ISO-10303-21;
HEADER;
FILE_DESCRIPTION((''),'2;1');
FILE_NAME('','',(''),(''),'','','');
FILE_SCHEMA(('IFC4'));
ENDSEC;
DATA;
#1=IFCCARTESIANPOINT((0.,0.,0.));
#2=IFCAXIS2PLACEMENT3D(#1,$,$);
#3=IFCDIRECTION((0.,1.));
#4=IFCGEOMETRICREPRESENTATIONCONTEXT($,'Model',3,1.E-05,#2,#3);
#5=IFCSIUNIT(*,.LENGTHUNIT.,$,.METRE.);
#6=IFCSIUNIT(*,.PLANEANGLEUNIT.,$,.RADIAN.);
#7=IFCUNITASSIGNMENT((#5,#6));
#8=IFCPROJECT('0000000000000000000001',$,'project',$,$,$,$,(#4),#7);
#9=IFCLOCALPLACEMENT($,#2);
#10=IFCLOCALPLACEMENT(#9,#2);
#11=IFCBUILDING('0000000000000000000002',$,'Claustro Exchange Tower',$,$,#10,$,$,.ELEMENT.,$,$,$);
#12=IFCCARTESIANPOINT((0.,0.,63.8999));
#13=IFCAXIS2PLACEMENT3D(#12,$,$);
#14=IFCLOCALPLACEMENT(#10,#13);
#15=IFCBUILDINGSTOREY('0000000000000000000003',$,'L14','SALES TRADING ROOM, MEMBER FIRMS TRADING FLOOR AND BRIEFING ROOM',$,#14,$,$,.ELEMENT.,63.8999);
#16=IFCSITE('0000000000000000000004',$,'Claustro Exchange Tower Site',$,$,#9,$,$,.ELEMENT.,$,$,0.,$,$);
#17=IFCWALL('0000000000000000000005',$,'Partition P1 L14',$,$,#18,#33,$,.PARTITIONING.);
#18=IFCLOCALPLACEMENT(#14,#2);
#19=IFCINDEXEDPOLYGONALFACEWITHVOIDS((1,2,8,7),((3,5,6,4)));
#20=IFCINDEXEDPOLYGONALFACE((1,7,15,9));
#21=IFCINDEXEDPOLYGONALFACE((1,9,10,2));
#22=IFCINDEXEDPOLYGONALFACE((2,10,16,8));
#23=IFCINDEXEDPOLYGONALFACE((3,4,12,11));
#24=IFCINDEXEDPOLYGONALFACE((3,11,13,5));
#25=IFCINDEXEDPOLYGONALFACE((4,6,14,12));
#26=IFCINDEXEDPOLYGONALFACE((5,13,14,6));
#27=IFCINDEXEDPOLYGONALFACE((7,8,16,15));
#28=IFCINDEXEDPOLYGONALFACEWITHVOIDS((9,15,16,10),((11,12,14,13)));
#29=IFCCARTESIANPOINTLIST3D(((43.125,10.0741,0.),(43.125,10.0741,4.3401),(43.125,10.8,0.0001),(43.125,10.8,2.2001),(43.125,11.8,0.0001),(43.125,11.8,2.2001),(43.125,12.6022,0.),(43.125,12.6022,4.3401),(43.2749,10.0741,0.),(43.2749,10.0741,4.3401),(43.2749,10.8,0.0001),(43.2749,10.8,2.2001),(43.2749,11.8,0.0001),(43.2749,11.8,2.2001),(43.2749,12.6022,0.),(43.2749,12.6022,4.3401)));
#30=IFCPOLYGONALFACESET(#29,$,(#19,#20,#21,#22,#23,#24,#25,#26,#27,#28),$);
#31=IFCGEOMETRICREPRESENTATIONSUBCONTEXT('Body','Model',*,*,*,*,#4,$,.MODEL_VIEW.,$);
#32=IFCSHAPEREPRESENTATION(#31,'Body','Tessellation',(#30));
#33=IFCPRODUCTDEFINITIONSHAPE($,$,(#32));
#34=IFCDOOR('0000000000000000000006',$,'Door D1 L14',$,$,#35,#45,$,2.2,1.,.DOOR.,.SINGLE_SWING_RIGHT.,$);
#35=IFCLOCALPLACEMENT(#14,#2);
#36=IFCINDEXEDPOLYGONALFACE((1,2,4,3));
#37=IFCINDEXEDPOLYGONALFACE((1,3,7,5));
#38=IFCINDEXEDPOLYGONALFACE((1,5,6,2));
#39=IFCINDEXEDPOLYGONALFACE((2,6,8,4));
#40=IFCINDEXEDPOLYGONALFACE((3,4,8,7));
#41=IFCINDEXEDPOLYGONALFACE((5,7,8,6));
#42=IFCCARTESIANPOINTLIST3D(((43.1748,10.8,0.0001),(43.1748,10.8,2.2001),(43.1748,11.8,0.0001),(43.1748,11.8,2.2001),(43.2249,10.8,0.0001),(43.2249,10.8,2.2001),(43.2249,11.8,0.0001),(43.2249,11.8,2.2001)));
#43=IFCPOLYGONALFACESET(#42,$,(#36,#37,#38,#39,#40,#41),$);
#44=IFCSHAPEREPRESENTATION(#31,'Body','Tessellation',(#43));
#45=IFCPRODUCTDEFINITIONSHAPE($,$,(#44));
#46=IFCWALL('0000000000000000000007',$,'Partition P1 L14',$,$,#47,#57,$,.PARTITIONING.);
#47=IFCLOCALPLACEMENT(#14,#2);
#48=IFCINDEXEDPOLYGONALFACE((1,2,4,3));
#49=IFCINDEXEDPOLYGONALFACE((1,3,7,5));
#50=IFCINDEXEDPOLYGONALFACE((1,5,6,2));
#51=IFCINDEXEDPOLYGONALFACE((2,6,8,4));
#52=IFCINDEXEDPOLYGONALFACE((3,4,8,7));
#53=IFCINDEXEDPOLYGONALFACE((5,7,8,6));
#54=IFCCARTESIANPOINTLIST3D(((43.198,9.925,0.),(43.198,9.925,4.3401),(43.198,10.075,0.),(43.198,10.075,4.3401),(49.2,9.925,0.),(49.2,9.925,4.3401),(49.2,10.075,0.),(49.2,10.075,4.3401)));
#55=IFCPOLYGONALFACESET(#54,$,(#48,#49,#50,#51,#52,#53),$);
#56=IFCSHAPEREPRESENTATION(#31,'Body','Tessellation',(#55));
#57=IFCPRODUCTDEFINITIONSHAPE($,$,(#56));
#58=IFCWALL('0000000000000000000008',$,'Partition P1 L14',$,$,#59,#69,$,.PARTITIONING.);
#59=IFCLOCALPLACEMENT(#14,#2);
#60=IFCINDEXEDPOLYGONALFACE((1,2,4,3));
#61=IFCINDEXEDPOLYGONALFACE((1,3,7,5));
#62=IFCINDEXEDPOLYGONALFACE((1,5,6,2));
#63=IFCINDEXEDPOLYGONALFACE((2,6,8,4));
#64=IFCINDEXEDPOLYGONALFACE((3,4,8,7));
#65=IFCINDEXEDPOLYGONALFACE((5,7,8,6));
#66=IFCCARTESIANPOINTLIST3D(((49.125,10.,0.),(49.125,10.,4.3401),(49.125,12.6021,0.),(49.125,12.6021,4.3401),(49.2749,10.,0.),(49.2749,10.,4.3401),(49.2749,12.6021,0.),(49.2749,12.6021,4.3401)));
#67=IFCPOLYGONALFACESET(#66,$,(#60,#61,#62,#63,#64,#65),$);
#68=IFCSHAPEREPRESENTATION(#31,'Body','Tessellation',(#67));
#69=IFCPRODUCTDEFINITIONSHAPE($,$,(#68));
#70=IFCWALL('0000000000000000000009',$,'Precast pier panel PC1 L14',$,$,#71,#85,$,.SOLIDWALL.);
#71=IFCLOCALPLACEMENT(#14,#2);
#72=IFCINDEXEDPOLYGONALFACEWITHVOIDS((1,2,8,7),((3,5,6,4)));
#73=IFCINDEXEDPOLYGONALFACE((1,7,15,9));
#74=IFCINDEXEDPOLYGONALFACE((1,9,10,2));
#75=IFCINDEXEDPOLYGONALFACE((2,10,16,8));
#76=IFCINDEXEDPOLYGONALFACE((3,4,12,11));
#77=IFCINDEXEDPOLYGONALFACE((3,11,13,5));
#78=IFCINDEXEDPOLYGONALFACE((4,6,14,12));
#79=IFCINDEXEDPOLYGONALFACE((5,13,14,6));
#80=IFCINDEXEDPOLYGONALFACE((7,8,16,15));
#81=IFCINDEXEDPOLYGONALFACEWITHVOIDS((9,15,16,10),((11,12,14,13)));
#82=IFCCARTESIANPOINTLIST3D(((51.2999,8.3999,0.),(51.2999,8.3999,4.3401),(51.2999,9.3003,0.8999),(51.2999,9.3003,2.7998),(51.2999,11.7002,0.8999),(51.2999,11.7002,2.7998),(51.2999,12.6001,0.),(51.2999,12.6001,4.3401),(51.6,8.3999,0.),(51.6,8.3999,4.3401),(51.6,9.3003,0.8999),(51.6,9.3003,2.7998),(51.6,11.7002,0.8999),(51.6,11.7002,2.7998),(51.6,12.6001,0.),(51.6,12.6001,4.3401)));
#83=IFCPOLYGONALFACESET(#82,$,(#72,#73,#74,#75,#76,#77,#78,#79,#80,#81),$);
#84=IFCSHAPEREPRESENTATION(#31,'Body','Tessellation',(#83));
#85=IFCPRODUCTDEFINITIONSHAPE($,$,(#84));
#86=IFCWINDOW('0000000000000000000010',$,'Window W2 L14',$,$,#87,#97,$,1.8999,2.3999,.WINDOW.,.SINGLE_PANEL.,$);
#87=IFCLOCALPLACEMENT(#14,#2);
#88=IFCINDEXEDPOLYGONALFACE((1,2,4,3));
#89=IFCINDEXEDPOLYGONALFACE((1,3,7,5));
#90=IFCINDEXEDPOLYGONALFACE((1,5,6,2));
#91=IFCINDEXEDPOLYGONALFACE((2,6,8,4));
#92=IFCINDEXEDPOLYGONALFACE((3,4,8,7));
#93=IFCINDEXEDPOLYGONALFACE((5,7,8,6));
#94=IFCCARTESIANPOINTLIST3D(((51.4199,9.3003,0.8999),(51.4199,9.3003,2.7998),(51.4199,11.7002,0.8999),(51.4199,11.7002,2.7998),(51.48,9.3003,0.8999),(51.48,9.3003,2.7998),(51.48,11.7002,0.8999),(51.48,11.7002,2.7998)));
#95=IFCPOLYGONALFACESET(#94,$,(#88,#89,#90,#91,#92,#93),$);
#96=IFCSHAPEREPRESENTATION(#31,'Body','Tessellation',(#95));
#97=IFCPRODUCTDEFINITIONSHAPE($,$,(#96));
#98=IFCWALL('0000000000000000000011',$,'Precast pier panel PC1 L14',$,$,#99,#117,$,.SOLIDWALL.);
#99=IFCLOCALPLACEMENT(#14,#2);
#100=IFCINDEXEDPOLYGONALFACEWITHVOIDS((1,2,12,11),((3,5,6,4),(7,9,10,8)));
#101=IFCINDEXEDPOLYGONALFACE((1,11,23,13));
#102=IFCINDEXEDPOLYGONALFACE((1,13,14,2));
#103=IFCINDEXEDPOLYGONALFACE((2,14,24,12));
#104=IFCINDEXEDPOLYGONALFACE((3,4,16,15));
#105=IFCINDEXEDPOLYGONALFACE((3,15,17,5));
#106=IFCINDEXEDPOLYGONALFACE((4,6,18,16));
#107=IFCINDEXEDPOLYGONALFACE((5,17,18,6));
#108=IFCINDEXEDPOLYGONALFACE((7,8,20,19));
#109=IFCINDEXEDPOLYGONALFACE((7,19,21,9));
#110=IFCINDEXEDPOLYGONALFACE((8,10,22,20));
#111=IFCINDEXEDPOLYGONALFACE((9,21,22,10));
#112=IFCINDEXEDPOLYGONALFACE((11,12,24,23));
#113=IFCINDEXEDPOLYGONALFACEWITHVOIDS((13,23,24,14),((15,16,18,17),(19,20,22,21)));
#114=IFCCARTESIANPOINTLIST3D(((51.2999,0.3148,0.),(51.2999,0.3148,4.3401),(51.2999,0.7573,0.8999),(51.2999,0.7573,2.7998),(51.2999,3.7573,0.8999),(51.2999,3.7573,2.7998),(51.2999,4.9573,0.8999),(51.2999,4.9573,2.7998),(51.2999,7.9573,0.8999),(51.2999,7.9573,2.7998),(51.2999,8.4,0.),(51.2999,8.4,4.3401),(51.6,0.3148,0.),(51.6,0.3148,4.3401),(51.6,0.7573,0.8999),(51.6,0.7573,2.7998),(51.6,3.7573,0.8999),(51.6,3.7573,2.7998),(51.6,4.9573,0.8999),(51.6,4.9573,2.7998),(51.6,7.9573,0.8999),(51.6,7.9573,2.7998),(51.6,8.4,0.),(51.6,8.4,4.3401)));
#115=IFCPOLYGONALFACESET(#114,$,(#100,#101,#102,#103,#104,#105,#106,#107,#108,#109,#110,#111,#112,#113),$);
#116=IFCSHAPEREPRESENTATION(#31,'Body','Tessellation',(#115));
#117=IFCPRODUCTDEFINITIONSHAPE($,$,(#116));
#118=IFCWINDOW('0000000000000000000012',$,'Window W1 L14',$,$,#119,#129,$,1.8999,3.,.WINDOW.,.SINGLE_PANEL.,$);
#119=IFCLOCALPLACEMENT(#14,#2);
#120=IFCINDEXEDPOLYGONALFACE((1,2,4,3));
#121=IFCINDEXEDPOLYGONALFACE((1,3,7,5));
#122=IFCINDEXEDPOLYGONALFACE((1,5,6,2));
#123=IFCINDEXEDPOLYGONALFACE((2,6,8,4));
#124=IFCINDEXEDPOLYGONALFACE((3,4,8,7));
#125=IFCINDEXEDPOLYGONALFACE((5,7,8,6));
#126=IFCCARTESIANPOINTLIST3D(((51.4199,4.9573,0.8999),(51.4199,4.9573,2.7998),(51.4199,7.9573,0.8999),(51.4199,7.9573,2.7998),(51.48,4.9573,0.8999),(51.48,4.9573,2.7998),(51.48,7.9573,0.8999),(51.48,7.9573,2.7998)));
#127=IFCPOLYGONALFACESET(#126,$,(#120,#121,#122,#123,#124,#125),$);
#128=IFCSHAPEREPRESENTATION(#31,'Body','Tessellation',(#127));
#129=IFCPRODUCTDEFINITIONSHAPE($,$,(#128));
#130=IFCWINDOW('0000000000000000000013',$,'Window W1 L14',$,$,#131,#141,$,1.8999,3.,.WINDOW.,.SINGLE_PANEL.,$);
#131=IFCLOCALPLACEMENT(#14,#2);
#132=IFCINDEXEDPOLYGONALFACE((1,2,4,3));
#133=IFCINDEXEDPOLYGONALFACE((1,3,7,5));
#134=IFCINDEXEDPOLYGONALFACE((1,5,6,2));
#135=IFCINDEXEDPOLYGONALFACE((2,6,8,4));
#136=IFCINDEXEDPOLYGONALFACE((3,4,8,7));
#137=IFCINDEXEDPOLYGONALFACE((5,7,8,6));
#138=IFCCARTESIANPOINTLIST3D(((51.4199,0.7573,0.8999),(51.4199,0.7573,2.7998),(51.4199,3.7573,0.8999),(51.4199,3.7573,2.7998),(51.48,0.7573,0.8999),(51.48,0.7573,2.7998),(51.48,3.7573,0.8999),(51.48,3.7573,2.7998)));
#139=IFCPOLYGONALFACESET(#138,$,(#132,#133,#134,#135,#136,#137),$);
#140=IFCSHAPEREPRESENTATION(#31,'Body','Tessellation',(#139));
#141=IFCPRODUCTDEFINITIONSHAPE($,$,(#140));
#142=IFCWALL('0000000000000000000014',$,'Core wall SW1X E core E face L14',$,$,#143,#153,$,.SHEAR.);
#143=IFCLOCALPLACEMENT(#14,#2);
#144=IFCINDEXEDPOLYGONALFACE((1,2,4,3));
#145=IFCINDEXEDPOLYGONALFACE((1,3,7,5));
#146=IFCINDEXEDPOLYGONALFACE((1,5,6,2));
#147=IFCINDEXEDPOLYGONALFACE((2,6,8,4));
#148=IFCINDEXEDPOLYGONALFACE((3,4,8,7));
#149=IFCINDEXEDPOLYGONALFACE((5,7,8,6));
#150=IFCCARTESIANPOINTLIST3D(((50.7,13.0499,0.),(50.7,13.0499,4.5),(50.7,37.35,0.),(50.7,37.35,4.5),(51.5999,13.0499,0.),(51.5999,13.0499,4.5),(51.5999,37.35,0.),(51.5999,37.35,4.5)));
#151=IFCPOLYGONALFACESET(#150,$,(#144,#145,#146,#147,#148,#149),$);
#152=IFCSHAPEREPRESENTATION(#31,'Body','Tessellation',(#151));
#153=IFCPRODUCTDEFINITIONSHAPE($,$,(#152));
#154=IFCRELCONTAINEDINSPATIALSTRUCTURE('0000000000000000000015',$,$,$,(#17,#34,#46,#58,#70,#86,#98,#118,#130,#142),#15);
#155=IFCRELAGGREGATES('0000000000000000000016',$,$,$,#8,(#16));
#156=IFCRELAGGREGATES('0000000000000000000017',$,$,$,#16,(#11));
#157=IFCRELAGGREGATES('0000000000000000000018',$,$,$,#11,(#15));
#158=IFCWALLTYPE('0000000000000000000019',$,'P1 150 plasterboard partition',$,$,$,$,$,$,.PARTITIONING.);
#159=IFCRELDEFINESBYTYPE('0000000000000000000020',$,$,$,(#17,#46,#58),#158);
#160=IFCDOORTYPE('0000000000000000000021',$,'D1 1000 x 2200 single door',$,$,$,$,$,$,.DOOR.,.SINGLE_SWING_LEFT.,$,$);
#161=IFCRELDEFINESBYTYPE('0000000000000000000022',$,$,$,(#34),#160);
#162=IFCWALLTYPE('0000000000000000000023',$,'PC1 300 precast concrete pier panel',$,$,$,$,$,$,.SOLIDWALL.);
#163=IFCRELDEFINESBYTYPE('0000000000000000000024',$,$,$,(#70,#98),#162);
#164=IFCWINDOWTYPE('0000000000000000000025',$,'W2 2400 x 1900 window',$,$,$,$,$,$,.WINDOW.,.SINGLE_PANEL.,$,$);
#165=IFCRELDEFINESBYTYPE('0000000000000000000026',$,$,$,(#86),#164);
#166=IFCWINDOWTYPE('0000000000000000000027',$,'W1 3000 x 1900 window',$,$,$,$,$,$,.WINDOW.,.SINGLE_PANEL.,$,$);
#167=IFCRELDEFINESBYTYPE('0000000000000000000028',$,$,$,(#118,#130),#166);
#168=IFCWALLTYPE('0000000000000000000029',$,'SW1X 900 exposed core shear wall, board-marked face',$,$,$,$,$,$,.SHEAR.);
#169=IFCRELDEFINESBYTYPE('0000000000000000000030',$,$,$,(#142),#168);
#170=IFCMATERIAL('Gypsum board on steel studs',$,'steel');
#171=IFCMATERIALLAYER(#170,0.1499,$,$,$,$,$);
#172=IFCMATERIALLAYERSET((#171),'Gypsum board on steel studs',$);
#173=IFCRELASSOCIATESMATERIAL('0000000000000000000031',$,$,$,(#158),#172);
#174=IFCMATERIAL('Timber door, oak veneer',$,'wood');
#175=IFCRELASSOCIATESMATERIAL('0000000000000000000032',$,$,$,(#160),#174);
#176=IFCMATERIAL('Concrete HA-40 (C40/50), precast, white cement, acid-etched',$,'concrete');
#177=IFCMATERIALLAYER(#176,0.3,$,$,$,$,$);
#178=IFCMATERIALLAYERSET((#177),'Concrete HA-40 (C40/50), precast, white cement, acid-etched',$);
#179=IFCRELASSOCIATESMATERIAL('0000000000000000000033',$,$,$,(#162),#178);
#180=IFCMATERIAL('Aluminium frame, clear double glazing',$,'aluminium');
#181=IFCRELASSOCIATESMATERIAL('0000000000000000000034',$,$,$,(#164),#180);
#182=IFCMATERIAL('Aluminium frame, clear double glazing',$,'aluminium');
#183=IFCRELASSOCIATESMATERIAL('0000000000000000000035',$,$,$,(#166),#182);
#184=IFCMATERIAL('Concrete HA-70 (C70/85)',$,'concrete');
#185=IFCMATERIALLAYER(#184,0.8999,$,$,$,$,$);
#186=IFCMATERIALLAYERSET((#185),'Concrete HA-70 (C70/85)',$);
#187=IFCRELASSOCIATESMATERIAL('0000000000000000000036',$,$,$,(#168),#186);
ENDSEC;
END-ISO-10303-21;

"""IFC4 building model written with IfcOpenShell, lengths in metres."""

from ifc_helpers import new_model, si_unit, direction, frame, frame_2d, origin, place, context, subcontext, project, spatial, rectangle, extrude, material, layer, layer_set, type_object, element, fill, save


model = new_model("IFC4")

# Units and contexts
model_context = context("Model", 3, precision=1e-05, world=origin(), true_north=direction((0.0, 1.0)))
body_context = subcontext(model_context, "Body", "Model", "MODEL_VIEW")
ifc_project = project(units=[si_unit("LENGTHUNIT", "METRE"), si_unit("PLANEANGLEUNIT", "RADIAN")], contexts=[model_context])

# Site, building, storey
site_placement = place(None, origin())
site = spatial("IfcSite", under=ifc_project, at=site_placement, Name="Claustro Exchange Tower Site", CompositionType="ELEMENT", RefElevation=0.0)
building_placement = place(site_placement, origin())
building = spatial("IfcBuilding", under=site, at=building_placement, Name="Claustro Exchange Tower", CompositionType="ELEMENT")
storey_placement = place(building_placement, frame((0.0, 0.0, 63.8999)))
storey = spatial("IfcBuildingStorey", under=building, at=storey_placement, Name="L14", Description="SALES TRADING ROOM, MEMBER FIRMS TRADING FLOOR AND BRIEFING ROOM", CompositionType="ELEMENT", Elevation=63.8999)

# Wall, opening, door
ifc_material_1 = material(Name="Gypsum board on steel studs", Category="steel")
ifc_layer_1 = layer(ifc_material_1, 0.1499)
ifc_layer_set_1 = layer_set([ifc_layer_1], Name="Gypsum board on steel studs")
wall_type_1 = type_object("IfcWallType", Name="P1 150 plasterboard partition", PredefinedType="PARTITIONING", material=ifc_layer_set_1)
wall_1_placement = place(storey_placement, frame((43.2, 10.074, 0.0), z_axis=(0.0, 0.0, 1.0), x_axis=(0.0, 1.0, 0.0)))
wall_1 = element("IfcWall", 1, at=wall_1_placement, inside=storey, type_object=wall_type_1, Name="Partition P1 L14", PredefinedType="PARTITIONING", context=body_context, shape_type="SweptSolid", body=[
    extrude(rectangle(XDim=2.5281, YDim=0.1499, at=frame_2d((1.2642, 0.0))), origin(), (0.0, 0.0, 1.0), 4.3401),
])
opening_1_placement = place(wall_1_placement, frame((0.7261, 0.0, 0.0)))
opening_1 = element("IfcOpeningElement", 2, at=opening_1_placement, cuts=wall_1, PredefinedType="OPENING", context=body_context, shape_type="SweptSolid", body=[
    extrude(rectangle(XDim=1.0, YDim=2.2, at=frame_2d((0.5, 1.1001))), frame((0.0, 0.085, 0.0), z_axis=(0.0, -1.0, 0.0), x_axis=(1.0, 0.0, 0.0)), (0.0, 0.0, 1.0), 0.1699),
])
ifc_material_2 = material(Name="Timber door, oak veneer", Category="wood")
door_type_1 = type_object("IfcDoorType", Name="D1 1000 x 2200 single door", OperationType="SINGLE_SWING_LEFT", PredefinedType="DOOR", material=ifc_material_2)
door_1_placement = place(opening_1_placement, frame((1.0, 0.0, 0.0), z_axis=(0.0, 0.0, 1.0), x_axis=(-1.0, 0.0, 0.0)))
door_1 = element("IfcDoor", 3, at=door_1_placement, inside=storey, type_object=door_type_1, Name="Door D1 L14", OperationType="SINGLE_SWING_RIGHT", OverallHeight=2.2, OverallWidth=1.0, PredefinedType="DOOR", context=body_context, shape_type="SweptSolid", body=[
    extrude(rectangle(XDim=1.0, YDim=2.2, at=frame_2d((0.5, 1.1001))), frame((0.0, 0.0249, 0.0), z_axis=(0.0, -1.0, 0.0), x_axis=(1.0, 0.0, 0.0)), (0.0, 0.0, 1.0), 0.05),
])
fill(opening_1, door_1)

# Walls
wall_2_placement = place(storey_placement, frame((43.198, 10.0, 0.0), z_axis=(0.0, 0.0, 1.0), x_axis=(1.0, 0.0, 0.0)))
element("IfcWall", 4, at=wall_2_placement, inside=storey, type_object=wall_type_1, Name="Partition P1 L14", PredefinedType="PARTITIONING", context=body_context, shape_type="SweptSolid", body=[
    extrude(rectangle(XDim=6.002, YDim=0.1499, at=frame_2d((3.001, 0.0))), origin(), (0.0, 0.0, 1.0), 4.3401),
])
wall_3_placement = place(storey_placement, frame((49.2, 10.0, 0.0), z_axis=(0.0, 0.0, 1.0), x_axis=(0.0, 1.0, 0.0)))
element("IfcWall", 5, at=wall_3_placement, inside=storey, type_object=wall_type_1, Name="Partition P1 L14", PredefinedType="PARTITIONING", context=body_context, shape_type="SweptSolid", body=[
    extrude(rectangle(XDim=2.6021, YDim=0.1499, at=frame_2d((1.301, 0.0))), origin(), (0.0, 0.0, 1.0), 4.3401),
])

# Wall, opening, window
ifc_material_3 = material(Name="Concrete HA-40 (C40/50), precast, white cement, acid-etched", Category="concrete")
ifc_layer_2 = layer(ifc_material_3, 0.3)
ifc_layer_set_2 = layer_set([ifc_layer_2], Name="Concrete HA-40 (C40/50), precast, white cement, acid-etched")
wall_type_2 = type_object("IfcWallType", Name="PC1 300 precast concrete pier panel", PredefinedType="SOLIDWALL", material=ifc_layer_set_2)
wall_4_placement = place(storey_placement, frame((51.45, 12.6001, 0.0), z_axis=(0.0, 0.0, 1.0), x_axis=(0.0, -1.0, 0.0)))
wall_4 = element("IfcWall", 6, at=wall_4_placement, inside=storey, type_object=wall_type_2, Name="Precast pier panel PC1 L14", PredefinedType="SOLIDWALL", context=body_context, shape_type="SweptSolid", body=[
    extrude(rectangle(XDim=4.2002, YDim=0.3, at=frame_2d((2.1001, 0.0))), origin(), (0.0, 0.0, 1.0), 4.3401),
])
opening_2_placement = place(wall_4_placement, frame((0.8999, 0.0, 0.8999)))
opening_2 = element("IfcOpeningElement", 7, at=opening_2_placement, cuts=wall_4, PredefinedType="OPENING", context=body_context, shape_type="SweptSolid", body=[
    extrude(rectangle(XDim=2.3999, YDim=1.8999, at=frame_2d((1.2, 0.95))), frame((0.0, 0.1599, 0.0), z_axis=(0.0, -1.0, 0.0), x_axis=(1.0, 0.0, 0.0)), (0.0, 0.0, 1.0), 0.3201),
])
ifc_material_4 = material(Name="Aluminium frame, clear double glazing", Category="aluminium")
window_type_1 = type_object("IfcWindowType", Name="W2 2400 x 1900 window", PartitioningType="SINGLE_PANEL", PredefinedType="WINDOW", material=ifc_material_4)
window_1_placement = place(opening_2_placement, origin())
window_1 = element("IfcWindow", 8, at=window_1_placement, inside=storey, type_object=window_type_1, Name="Window W2 L14", OverallHeight=1.8999, OverallWidth=2.3999, PartitioningType="SINGLE_PANEL", PredefinedType="WINDOW", context=body_context, shape_type="SweptSolid", body=[
    extrude(rectangle(XDim=2.3999, YDim=1.8999, at=frame_2d((1.2, 0.95))), frame((0.0, 0.03, 0.0), z_axis=(0.0, -1.0, 0.0), x_axis=(1.0, 0.0, 0.0)), (0.0, 0.0, 1.0), 0.0601),
])
fill(opening_2, window_1)

# Wall, openings, windows
wall_5_placement = place(storey_placement, frame((51.45, 8.3999, 0.0), z_axis=(0.0, 0.0, 1.0), x_axis=(0.0, -1.0, 0.0)))
wall_5 = element("IfcWall", 9, at=wall_5_placement, inside=storey, type_object=wall_type_2, Name="Precast pier panel PC1 L14", PredefinedType="SOLIDWALL", context=body_context, shape_type="SweptSolid", body=[
    extrude(rectangle(XDim=8.0852, YDim=0.3, at=frame_2d((4.0425, 0.0))), origin(), (0.0, 0.0, 1.0), 4.3401),
])
opening_3_placement = place(wall_5_placement, frame((0.4426, 0.0, 0.8999)))
opening_3 = element("IfcOpeningElement", 10, at=opening_3_placement, cuts=wall_5, PredefinedType="OPENING", context=body_context, shape_type="SweptSolid", body=[
    extrude(rectangle(XDim=3.0, YDim=1.8999, at=frame_2d((1.5, 0.95))), frame((0.0, 0.1599, 0.0), z_axis=(0.0, -1.0, 0.0), x_axis=(1.0, 0.0, 0.0)), (0.0, 0.0, 1.0), 0.3201),
])
opening_4_placement = place(wall_5_placement, frame((4.6426, 0.0, 0.8999)))
opening_4 = element("IfcOpeningElement", 11, at=opening_4_placement, cuts=wall_5, PredefinedType="OPENING", context=body_context, shape_type="SweptSolid", body=[
    extrude(rectangle(XDim=3.0, YDim=1.8999, at=frame_2d((1.5, 0.95))), frame((0.0, 0.1599, 0.0), z_axis=(0.0, -1.0, 0.0), x_axis=(1.0, 0.0, 0.0)), (0.0, 0.0, 1.0), 0.3201),
])
ifc_material_5 = material(Name="Aluminium frame, clear double glazing", Category="aluminium")
window_type_2 = type_object("IfcWindowType", Name="W1 3000 x 1900 window", PartitioningType="SINGLE_PANEL", PredefinedType="WINDOW", material=ifc_material_5)
window_2_placement = place(opening_3_placement, origin())
window_2 = element("IfcWindow", 12, at=window_2_placement, inside=storey, type_object=window_type_2, Name="Window W1 L14", OverallHeight=1.8999, OverallWidth=3.0, PartitioningType="SINGLE_PANEL", PredefinedType="WINDOW", context=body_context, shape_type="SweptSolid", body=[
    extrude(rectangle(XDim=3.0, YDim=1.8999, at=frame_2d((1.5, 0.95))), frame((0.0, 0.03, 0.0), z_axis=(0.0, -1.0, 0.0), x_axis=(1.0, 0.0, 0.0)), (0.0, 0.0, 1.0), 0.0601),
])
fill(opening_3, window_2)
window_3_placement = place(opening_4_placement, origin())
window_3 = element("IfcWindow", 13, at=window_3_placement, inside=storey, type_object=window_type_2, Name="Window W1 L14", OverallHeight=1.8999, OverallWidth=3.0, PartitioningType="SINGLE_PANEL", PredefinedType="WINDOW", context=body_context, shape_type="SweptSolid", body=[
    extrude(rectangle(XDim=3.0, YDim=1.8999, at=frame_2d((1.5, 0.95))), frame((0.0, 0.03, 0.0), z_axis=(0.0, -1.0, 0.0), x_axis=(1.0, 0.0, 0.0)), (0.0, 0.0, 1.0), 0.0601),
])
fill(opening_4, window_3)

# Wall
ifc_material_6 = material(Name="Concrete HA-70 (C70/85)", Category="concrete")
ifc_layer_3 = layer(ifc_material_6, 0.8999)
ifc_layer_set_3 = layer_set([ifc_layer_3], Name="Concrete HA-70 (C70/85)")
wall_type_3 = type_object("IfcWallType", Name="SW1X 900 exposed core shear wall, board-marked face", PredefinedType="SHEAR", material=ifc_layer_set_3)
wall_6_placement = place(storey_placement, frame((51.1499, 13.05, 0.0), z_axis=(0.0, 0.0, 1.0), x_axis=(0.0, 1.0, 0.0)))
element("IfcWall", 14, at=wall_6_placement, inside=storey, type_object=wall_type_3, Name="Core wall SW1X E core E face L14", PredefinedType="SHEAR", context=body_context, shape_type="SweptSolid", body=[
    extrude(rectangle(XDim=24.3, YDim=0.8999, at=frame_2d((12.1499, 0.0))), origin(), (0.0, 0.0, 1.0), 4.5),
])

save(model, "model.ifc")
